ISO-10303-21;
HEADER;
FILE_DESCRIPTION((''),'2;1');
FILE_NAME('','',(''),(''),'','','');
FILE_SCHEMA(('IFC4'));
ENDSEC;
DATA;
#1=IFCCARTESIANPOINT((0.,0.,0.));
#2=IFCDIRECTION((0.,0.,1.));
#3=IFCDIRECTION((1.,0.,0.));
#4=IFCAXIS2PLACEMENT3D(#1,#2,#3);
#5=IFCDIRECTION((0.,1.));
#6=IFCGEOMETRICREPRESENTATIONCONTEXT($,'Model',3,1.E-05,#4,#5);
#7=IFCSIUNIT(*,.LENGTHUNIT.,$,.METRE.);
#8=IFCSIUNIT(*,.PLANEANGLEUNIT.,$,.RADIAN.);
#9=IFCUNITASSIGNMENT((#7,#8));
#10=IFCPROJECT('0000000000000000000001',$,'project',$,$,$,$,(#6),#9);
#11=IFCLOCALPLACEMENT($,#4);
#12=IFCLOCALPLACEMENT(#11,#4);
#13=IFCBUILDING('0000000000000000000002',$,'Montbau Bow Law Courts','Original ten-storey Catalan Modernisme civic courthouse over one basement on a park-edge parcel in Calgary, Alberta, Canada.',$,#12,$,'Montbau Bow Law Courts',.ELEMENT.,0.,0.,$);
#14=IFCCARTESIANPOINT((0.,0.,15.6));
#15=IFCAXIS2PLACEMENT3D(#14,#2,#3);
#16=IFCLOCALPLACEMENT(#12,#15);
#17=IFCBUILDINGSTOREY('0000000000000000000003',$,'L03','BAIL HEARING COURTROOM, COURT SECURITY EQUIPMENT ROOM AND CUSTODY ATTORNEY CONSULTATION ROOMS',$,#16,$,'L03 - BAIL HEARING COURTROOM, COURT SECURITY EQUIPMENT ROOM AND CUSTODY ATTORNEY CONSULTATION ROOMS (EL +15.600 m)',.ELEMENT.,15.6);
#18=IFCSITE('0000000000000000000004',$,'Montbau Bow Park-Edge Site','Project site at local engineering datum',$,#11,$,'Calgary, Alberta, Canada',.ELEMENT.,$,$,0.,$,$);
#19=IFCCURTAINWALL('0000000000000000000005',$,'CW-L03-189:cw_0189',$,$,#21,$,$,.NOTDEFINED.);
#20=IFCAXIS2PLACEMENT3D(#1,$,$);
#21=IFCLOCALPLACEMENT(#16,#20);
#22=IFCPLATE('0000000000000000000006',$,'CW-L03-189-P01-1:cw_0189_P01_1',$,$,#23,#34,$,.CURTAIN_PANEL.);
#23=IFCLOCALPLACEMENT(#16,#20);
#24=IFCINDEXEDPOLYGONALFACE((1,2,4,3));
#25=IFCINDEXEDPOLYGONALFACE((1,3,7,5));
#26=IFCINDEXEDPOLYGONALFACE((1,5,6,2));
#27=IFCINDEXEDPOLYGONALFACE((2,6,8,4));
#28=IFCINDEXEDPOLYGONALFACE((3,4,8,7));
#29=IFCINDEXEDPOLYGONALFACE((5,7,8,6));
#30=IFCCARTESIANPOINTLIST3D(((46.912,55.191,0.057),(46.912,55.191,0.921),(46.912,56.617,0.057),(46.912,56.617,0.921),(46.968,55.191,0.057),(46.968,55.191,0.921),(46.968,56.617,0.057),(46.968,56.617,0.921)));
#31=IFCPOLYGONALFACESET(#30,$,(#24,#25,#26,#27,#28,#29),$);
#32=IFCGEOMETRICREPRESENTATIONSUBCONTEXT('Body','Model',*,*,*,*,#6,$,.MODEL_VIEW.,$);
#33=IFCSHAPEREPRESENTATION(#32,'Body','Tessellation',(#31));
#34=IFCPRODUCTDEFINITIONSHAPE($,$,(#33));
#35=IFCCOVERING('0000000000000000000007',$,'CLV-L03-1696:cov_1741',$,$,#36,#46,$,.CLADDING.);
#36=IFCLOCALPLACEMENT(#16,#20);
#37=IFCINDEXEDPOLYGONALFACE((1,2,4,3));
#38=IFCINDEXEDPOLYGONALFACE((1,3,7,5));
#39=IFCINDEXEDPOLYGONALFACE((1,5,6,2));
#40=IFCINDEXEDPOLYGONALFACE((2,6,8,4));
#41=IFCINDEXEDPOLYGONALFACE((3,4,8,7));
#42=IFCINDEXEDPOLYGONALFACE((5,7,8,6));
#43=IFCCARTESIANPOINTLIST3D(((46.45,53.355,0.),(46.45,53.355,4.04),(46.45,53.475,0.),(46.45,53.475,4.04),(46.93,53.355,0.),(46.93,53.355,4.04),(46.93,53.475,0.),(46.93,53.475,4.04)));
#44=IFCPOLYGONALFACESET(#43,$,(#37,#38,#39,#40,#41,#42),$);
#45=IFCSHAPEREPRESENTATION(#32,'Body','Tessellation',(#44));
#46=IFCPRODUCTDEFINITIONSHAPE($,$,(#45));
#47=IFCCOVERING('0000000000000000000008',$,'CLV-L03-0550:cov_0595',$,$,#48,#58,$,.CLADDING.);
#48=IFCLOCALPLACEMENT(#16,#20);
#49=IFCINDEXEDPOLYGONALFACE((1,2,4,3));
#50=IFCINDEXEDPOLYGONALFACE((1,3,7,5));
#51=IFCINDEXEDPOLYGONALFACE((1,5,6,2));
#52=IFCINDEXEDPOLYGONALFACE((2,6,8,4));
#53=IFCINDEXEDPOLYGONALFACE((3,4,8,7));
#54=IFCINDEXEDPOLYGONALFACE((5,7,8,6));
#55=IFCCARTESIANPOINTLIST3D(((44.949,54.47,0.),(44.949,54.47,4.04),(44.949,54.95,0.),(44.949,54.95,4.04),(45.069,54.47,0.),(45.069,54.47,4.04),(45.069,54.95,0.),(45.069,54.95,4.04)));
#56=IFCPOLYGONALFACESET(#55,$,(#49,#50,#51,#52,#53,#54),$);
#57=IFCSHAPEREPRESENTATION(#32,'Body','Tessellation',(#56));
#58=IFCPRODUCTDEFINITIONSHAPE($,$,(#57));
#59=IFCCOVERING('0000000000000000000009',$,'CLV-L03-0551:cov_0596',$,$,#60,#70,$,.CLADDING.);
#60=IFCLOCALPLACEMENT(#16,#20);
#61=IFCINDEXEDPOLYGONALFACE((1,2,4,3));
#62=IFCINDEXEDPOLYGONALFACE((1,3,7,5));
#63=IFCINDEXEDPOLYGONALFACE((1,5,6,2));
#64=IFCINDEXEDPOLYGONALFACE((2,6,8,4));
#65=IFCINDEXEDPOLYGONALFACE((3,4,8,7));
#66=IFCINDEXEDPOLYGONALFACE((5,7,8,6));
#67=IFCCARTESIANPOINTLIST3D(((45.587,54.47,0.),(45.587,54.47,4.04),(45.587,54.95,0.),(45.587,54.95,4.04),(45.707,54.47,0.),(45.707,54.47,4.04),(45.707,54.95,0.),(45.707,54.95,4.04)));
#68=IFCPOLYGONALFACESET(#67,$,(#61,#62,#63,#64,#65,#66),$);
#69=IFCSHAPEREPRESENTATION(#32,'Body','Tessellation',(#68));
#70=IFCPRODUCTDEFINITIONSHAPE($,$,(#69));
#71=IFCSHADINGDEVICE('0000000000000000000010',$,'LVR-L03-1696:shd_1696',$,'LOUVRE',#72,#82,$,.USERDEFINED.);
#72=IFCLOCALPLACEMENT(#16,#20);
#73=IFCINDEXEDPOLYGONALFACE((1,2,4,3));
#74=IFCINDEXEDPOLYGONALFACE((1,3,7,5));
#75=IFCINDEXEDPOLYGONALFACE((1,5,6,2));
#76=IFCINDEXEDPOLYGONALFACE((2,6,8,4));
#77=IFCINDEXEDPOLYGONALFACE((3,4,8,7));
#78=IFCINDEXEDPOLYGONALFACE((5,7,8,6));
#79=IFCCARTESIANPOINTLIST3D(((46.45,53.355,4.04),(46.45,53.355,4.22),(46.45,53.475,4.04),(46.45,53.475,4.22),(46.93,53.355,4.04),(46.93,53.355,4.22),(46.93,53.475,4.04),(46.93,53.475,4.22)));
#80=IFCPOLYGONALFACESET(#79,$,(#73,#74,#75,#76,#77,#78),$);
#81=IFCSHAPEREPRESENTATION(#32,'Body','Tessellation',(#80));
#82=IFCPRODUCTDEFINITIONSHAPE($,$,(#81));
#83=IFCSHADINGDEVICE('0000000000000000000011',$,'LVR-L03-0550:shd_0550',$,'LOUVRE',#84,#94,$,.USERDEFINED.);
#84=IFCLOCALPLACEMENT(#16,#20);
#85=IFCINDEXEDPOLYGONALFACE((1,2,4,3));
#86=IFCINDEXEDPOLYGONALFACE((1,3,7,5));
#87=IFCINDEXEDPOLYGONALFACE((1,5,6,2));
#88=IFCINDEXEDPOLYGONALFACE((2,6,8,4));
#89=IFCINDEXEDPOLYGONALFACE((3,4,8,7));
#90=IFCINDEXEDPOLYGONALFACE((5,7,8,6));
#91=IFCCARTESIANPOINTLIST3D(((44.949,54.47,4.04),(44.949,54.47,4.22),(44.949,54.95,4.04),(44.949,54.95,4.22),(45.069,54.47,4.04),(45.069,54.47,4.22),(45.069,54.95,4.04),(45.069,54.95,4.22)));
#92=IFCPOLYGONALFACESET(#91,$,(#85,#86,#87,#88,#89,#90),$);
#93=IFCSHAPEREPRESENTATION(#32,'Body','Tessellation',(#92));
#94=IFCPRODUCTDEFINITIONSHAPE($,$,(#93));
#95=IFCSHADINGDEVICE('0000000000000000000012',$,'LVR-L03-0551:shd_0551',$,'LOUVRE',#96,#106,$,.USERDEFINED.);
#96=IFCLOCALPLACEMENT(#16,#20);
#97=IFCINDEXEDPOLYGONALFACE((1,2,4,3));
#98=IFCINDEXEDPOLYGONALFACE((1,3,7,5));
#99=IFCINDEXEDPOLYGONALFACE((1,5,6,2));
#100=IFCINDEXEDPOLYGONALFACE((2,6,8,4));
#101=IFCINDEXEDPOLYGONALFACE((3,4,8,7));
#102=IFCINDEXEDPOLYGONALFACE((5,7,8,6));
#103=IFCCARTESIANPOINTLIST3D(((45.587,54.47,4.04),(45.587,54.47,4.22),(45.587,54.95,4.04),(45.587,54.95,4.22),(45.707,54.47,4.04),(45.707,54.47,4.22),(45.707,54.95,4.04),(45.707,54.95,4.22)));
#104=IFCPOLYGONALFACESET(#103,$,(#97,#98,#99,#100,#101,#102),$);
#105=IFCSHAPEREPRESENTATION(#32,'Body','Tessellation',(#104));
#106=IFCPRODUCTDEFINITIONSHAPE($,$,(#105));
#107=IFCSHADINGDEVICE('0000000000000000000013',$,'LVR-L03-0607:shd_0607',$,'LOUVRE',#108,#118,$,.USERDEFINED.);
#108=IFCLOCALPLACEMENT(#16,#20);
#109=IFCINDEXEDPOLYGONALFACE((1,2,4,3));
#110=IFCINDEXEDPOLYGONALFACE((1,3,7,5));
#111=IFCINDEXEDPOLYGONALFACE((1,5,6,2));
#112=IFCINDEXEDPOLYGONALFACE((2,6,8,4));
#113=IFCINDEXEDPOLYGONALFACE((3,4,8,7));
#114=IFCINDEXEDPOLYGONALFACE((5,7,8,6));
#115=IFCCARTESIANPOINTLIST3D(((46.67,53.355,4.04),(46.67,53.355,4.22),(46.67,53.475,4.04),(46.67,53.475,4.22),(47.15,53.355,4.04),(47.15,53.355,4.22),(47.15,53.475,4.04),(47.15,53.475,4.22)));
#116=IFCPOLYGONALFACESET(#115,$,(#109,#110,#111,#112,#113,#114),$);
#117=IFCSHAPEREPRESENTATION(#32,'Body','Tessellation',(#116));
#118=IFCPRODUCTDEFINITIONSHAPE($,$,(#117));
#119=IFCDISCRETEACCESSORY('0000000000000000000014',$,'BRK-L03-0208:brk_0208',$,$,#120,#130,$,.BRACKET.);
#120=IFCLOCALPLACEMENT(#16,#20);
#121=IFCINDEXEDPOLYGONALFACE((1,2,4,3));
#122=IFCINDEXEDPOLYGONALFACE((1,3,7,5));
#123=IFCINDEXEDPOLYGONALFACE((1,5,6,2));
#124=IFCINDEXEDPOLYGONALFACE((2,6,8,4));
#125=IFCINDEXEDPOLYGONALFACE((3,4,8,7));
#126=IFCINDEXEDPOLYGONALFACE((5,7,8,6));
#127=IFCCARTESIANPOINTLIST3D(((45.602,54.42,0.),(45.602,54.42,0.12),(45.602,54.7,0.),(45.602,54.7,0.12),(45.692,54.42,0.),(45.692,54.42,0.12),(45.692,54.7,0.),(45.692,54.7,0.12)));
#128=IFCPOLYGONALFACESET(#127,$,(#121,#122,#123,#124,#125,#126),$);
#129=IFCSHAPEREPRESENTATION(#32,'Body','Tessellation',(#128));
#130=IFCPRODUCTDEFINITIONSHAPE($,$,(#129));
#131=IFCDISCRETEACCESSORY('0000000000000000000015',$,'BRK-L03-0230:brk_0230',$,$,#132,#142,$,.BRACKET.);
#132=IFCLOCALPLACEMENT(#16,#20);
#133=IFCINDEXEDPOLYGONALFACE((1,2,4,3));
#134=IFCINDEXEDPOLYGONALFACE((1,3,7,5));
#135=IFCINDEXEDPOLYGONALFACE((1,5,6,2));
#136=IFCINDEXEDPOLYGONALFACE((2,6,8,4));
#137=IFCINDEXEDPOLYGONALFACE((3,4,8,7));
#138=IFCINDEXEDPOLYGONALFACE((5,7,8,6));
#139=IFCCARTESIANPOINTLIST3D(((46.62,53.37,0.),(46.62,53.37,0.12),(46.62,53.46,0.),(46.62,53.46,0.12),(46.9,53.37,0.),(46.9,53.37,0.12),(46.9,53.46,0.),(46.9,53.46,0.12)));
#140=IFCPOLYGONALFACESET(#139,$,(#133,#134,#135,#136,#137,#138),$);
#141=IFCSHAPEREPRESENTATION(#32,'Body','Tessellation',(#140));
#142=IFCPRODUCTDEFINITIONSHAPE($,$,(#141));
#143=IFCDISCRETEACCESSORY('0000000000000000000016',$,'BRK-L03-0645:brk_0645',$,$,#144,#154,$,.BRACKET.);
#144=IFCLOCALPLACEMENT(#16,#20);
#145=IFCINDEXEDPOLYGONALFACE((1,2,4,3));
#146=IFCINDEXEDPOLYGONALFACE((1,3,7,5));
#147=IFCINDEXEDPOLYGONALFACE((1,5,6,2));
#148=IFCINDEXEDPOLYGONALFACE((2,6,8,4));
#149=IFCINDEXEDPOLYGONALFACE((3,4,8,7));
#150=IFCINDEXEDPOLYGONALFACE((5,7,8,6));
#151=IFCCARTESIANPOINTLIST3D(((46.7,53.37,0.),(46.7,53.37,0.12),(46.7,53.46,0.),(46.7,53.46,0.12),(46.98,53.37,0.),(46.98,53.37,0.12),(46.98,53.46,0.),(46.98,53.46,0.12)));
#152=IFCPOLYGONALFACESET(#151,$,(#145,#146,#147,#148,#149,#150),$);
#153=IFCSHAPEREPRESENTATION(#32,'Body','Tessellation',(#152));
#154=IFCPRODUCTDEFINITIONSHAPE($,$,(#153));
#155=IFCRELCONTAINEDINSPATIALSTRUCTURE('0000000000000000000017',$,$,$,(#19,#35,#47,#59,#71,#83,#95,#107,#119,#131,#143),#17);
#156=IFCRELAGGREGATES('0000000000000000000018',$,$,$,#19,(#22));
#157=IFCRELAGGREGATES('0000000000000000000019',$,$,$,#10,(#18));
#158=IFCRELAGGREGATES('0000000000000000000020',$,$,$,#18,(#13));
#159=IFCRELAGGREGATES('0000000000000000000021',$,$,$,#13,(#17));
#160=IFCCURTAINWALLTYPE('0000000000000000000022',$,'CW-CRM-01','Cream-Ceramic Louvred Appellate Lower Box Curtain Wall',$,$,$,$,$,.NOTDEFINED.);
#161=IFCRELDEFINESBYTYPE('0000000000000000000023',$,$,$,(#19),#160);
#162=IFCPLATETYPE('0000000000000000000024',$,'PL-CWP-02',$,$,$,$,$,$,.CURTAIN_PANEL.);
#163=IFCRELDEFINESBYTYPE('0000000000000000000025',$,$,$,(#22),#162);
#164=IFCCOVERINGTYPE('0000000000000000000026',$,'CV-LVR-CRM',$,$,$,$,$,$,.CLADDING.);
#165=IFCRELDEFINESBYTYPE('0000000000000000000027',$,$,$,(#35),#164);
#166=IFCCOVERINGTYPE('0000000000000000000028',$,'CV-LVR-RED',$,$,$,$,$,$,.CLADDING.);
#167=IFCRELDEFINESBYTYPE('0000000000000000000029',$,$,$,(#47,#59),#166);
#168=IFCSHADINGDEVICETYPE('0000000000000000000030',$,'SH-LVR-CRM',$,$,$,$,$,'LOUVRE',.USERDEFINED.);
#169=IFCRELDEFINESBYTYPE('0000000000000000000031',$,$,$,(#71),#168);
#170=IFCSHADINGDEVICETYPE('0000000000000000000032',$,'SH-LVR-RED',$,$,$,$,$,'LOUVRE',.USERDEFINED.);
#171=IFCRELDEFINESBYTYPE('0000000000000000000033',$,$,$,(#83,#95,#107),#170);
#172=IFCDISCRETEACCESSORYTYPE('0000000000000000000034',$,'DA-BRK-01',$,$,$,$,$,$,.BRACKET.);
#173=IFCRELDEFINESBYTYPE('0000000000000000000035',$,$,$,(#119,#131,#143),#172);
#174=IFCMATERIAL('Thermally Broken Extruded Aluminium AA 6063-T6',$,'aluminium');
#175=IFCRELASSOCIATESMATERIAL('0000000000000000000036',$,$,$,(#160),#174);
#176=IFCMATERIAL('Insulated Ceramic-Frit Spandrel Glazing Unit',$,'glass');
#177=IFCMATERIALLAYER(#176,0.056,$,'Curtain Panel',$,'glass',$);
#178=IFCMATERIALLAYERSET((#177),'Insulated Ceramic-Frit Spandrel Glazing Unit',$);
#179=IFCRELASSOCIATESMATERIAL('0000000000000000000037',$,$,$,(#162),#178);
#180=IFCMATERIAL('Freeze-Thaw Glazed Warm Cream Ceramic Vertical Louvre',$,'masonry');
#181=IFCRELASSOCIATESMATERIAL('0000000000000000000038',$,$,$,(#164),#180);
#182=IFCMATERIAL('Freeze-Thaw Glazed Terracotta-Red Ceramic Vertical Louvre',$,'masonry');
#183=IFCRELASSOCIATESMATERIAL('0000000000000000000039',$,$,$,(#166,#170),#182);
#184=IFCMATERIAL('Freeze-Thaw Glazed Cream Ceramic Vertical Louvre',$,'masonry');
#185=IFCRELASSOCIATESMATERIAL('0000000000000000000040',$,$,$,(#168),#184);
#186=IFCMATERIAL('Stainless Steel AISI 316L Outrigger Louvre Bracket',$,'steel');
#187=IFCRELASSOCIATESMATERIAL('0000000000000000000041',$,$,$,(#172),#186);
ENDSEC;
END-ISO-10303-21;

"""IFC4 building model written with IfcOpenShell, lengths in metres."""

from ifc_helpers import new_model, si_unit, direction, frame, frame_2d, origin_with_axes, origin_2d_with_axis, place, context, subcontext, project, spatial, rectangle, extrude, material, layer, layer_set, type_object, element, aggregate, save


model = new_model("IFC4")

# Units and contexts
model_context = context("Model", 3, precision=1e-05, world=origin_with_axes(), true_north=direction((0.0, 1.0)))
body_context = subcontext(model_context, "Body", "Model", "MODEL_VIEW")
ifc_project = project(units=[si_unit("LENGTHUNIT", "METRE"), si_unit("PLANEANGLEUNIT", "RADIAN")], contexts=[model_context])

# Site, building, storey
site_placement = place(None, origin_with_axes())
site = spatial("IfcSite", under=ifc_project, at=site_placement, Name="Montbau Bow Park-Edge Site", Description="Project site at local engineering datum", LongName="Calgary, Alberta, Canada", CompositionType="ELEMENT", RefElevation=0.0)
building_placement = place(site_placement, origin_with_axes())
building = spatial("IfcBuilding", under=site, at=building_placement, Name="Montbau Bow Law Courts", Description="Original ten-storey Catalan Modernisme civic courthouse over one basement on a park-edge parcel in Calgary, Alberta, Canada.", LongName="Montbau Bow Law Courts", CompositionType="ELEMENT", ElevationOfRefHeight=0.0, ElevationOfTerrain=0.0)
storey_placement = place(building_placement, frame((0.0, 0.0, 15.6), z_axis=(0.0, 0.0, 1.0), x_axis=(1.0, 0.0, 0.0)))
storey = spatial("IfcBuildingStorey", under=building, at=storey_placement, Name="L03", Description="BAIL HEARING COURTROOM, COURT SECURITY EQUIPMENT ROOM AND CUSTODY ATTORNEY CONSULTATION ROOMS", LongName="L03 - BAIL HEARING COURTROOM, COURT SECURITY EQUIPMENT ROOM AND CUSTODY ATTORNEY CONSULTATION ROOMS (EL +15.600 m)", CompositionType="ELEMENT", Elevation=15.6)

# Curtain wall
ifc_material_1 = material(Name="Thermally Broken Extruded Aluminium AA 6063-T6", Category="aluminium")
curtain_wall_type_1 = type_object("IfcCurtainWallType", Name="CW-CRM-01", Description="Cream-Ceramic Louvred Appellate Lower Box Curtain Wall", PredefinedType="NOTDEFINED", material=ifc_material_1)
curtain_wall_1_placement = place(None, frame((46.94, 55.115, 15.6), z_axis=(0.0, 0.0, 1.0), x_axis=(1.0, 0.0, 0.0)))
curtain_wall_1 = element("IfcCurtainWall", 1, at=curtain_wall_1_placement, inside=storey, type_object=curtain_wall_type_1, Name="CW-L03-189:cw_0189", PredefinedType="NOTDEFINED")

# Plate
ifc_material_2 = material(Name="Insulated Ceramic-Frit Spandrel Glazing Unit", Category="glass")
ifc_layer_1 = layer(ifc_material_2, 0.056, Name="Curtain Panel", Category="glass")
ifc_layer_set_1 = layer_set([ifc_layer_1], Name="Insulated Ceramic-Frit Spandrel Glazing Unit")
plate_type_1 = type_object("IfcPlateType", Name="PL-CWP-02", PredefinedType="CURTAIN_PANEL", material=ifc_layer_set_1)
plate_1_placement = place(None, frame((46.94, 55.191, 15.657), z_axis=(1.0, 0.0, 0.0), x_axis=(0.0, 1.0, 0.0)))
plate_1 = element("IfcPlate", 2, at=plate_1_placement, type_object=plate_type_1, Name="CW-L03-189-P01-1:cw_0189_P01_1", PredefinedType="CURTAIN_PANEL", context=body_context, shape_type="SweptSolid", body=[
    extrude(rectangle(XDim=1.426, YDim=0.864, at=frame_2d((0.713, 0.432), x_axis=(1.0, 0.0))), frame((0.0, 0.0, -0.028), z_axis=(0.0, 0.0, 1.0), x_axis=(1.0, 0.0, 0.0)), (0.0, 0.0, 1.0), 0.056),
])
aggregate(curtain_wall_1, [plate_1])

# Coverings
ifc_material_3 = material(Name="Freeze-Thaw Glazed Warm Cream Ceramic Vertical Louvre", Category="masonry")
covering_type_1 = type_object("IfcCoveringType", Name="CV-LVR-CRM", PredefinedType="CLADDING", material=ifc_material_3)
covering_placement = place(None, frame((46.93, 53.415, 15.6), z_axis=(0.0, 1.0, 0.0), x_axis=(-1.0, 0.0, 0.0)))
element("IfcCovering", 3, at=covering_placement, inside=storey, type_object=covering_type_1, Name="CLV-L03-1696:cov_1741", PredefinedType="CLADDING", context=body_context, shape_type="SweptSolid", body=[
    extrude(rectangle(XDim=0.48, YDim=4.04, at=frame_2d((0.24, 2.02), x_axis=(1.0, 0.0))), frame((0.0, 0.0, -0.06), z_axis=(0.0, 0.0, 1.0), x_axis=(1.0, 0.0, 0.0)), (0.0, 0.0, 1.0), 0.12),
])
ifc_material_4 = material(Name="Freeze-Thaw Glazed Terracotta-Red Ceramic Vertical Louvre", Category="masonry")
covering_type_2 = type_object("IfcCoveringType", Name="CV-LVR-RED", PredefinedType="CLADDING", material=ifc_material_4)
for number, where, z_axis, x_axis, name in (
    (4, (45.009, 54.47, 15.6), (1.0, 0.0, 0.0), (0.0, 1.0, 0.0), "CLV-L03-0550:cov_0595"),
    (5, (45.647, 54.47, 15.6), (1.0, 0.0, 0.0), (0.0, 1.0, 0.0), "CLV-L03-0551:cov_0596"),
):
    element("IfcCovering", number, at=place(None, frame(where, z_axis=z_axis, x_axis=x_axis)), inside=storey, type_object=covering_type_2, Name=name, PredefinedType="CLADDING", context=body_context, shape_type="SweptSolid", body=[
        extrude(rectangle(XDim=0.48, YDim=4.04, at=frame_2d((0.24, 2.02), x_axis=(1.0, 0.0))), frame((0.0, 0.0, -0.06), z_axis=(0.0, 0.0, 1.0), x_axis=(1.0, 0.0, 0.0)), (0.0, 0.0, 1.0), 0.12),
    ])

# Shading devices
ifc_material_5 = material(Name="Freeze-Thaw Glazed Cream Ceramic Vertical Louvre", Category="masonry")
shading_device_type_1 = type_object("IfcShadingDeviceType", Name="SH-LVR-CRM", ElementType="LOUVRE", PredefinedType="USERDEFINED", material=ifc_material_5)
shading_device_placement = place(None, frame((46.69, 53.415, 19.64), z_axis=(0.0, 0.0, 1.0), x_axis=(-1.0, 0.0, 0.0)))
element("IfcShadingDevice", 6, at=shading_device_placement, inside=storey, type_object=shading_device_type_1, Name="LVR-L03-1696:shd_1696", ObjectType="LOUVRE", PredefinedType="USERDEFINED", context=body_context, shape_type="SweptSolid", body=[
    extrude(rectangle(XDim=0.48, YDim=0.12, at=origin_2d_with_axis()), origin_with_axes(), (0.0, 0.0, 1.0), 0.18),
])
shading_device_type_2 = type_object("IfcShadingDeviceType", Name="SH-LVR-RED", ElementType="LOUVRE", PredefinedType="USERDEFINED", material=ifc_material_4)
for number, where, z_axis, x_axis, name in (
    (7, (45.009, 54.71, 19.64), (0.0, 0.0, 1.0), (0.0, 1.0, 0.0), "LVR-L03-0550:shd_0550"),
    (8, (45.647, 54.71, 19.64), (0.0, 0.0, 1.0), (0.0, 1.0, 0.0), "LVR-L03-0551:shd_0551"),
    (9, (46.91, 53.415, 19.64), (0.0, 0.0, 1.0), (1.0, 0.0, 0.0), "LVR-L03-0607:shd_0607"),
):
    element("IfcShadingDevice", number, at=place(None, frame(where, z_axis=z_axis, x_axis=x_axis)), inside=storey, type_object=shading_device_type_2, Name=name, ObjectType="LOUVRE", PredefinedType="USERDEFINED", context=body_context, shape_type="SweptSolid", body=[
        extrude(rectangle(XDim=0.48, YDim=0.12, at=origin_2d_with_axis()), origin_with_axes(), (0.0, 0.0, 1.0), 0.18),
    ])

# Discrete accessories
ifc_material_6 = material(Name="Stainless Steel AISI 316L Outrigger Louvre Bracket", Category="steel")
discrete_accessory_type = type_object("IfcDiscreteAccessoryType", Name="DA-BRK-01", PredefinedType="BRACKET", material=ifc_material_6)
for number, where, z_axis, x_axis, name in (
    (10, (45.647, 54.56, 15.6), (0.0, 0.0, 1.0), (0.0, 1.0, 0.0), "BRK-L03-0208:brk_0208"),
    (11, (46.76, 53.415, 15.6), (0.0, 0.0, 1.0), (1.0, 0.0, 0.0), "BRK-L03-0230:brk_0230"),
    (12, (46.84, 53.415, 15.6), (0.0, 0.0, 1.0), (-1.0, 0.0, 0.0), "BRK-L03-0645:brk_0645"),
):
    element("IfcDiscreteAccessory", number, at=place(None, frame(where, z_axis=z_axis, x_axis=x_axis)), inside=storey, type_object=discrete_accessory_type, Name=name, PredefinedType="BRACKET", context=body_context, shape_type="SweptSolid", body=[
        extrude(rectangle(XDim=0.28, YDim=0.09, at=origin_2d_with_axis()), origin_with_axes(), (0.0, 0.0, 1.0), 0.12),
    ])

save(model, "model.ifc")
